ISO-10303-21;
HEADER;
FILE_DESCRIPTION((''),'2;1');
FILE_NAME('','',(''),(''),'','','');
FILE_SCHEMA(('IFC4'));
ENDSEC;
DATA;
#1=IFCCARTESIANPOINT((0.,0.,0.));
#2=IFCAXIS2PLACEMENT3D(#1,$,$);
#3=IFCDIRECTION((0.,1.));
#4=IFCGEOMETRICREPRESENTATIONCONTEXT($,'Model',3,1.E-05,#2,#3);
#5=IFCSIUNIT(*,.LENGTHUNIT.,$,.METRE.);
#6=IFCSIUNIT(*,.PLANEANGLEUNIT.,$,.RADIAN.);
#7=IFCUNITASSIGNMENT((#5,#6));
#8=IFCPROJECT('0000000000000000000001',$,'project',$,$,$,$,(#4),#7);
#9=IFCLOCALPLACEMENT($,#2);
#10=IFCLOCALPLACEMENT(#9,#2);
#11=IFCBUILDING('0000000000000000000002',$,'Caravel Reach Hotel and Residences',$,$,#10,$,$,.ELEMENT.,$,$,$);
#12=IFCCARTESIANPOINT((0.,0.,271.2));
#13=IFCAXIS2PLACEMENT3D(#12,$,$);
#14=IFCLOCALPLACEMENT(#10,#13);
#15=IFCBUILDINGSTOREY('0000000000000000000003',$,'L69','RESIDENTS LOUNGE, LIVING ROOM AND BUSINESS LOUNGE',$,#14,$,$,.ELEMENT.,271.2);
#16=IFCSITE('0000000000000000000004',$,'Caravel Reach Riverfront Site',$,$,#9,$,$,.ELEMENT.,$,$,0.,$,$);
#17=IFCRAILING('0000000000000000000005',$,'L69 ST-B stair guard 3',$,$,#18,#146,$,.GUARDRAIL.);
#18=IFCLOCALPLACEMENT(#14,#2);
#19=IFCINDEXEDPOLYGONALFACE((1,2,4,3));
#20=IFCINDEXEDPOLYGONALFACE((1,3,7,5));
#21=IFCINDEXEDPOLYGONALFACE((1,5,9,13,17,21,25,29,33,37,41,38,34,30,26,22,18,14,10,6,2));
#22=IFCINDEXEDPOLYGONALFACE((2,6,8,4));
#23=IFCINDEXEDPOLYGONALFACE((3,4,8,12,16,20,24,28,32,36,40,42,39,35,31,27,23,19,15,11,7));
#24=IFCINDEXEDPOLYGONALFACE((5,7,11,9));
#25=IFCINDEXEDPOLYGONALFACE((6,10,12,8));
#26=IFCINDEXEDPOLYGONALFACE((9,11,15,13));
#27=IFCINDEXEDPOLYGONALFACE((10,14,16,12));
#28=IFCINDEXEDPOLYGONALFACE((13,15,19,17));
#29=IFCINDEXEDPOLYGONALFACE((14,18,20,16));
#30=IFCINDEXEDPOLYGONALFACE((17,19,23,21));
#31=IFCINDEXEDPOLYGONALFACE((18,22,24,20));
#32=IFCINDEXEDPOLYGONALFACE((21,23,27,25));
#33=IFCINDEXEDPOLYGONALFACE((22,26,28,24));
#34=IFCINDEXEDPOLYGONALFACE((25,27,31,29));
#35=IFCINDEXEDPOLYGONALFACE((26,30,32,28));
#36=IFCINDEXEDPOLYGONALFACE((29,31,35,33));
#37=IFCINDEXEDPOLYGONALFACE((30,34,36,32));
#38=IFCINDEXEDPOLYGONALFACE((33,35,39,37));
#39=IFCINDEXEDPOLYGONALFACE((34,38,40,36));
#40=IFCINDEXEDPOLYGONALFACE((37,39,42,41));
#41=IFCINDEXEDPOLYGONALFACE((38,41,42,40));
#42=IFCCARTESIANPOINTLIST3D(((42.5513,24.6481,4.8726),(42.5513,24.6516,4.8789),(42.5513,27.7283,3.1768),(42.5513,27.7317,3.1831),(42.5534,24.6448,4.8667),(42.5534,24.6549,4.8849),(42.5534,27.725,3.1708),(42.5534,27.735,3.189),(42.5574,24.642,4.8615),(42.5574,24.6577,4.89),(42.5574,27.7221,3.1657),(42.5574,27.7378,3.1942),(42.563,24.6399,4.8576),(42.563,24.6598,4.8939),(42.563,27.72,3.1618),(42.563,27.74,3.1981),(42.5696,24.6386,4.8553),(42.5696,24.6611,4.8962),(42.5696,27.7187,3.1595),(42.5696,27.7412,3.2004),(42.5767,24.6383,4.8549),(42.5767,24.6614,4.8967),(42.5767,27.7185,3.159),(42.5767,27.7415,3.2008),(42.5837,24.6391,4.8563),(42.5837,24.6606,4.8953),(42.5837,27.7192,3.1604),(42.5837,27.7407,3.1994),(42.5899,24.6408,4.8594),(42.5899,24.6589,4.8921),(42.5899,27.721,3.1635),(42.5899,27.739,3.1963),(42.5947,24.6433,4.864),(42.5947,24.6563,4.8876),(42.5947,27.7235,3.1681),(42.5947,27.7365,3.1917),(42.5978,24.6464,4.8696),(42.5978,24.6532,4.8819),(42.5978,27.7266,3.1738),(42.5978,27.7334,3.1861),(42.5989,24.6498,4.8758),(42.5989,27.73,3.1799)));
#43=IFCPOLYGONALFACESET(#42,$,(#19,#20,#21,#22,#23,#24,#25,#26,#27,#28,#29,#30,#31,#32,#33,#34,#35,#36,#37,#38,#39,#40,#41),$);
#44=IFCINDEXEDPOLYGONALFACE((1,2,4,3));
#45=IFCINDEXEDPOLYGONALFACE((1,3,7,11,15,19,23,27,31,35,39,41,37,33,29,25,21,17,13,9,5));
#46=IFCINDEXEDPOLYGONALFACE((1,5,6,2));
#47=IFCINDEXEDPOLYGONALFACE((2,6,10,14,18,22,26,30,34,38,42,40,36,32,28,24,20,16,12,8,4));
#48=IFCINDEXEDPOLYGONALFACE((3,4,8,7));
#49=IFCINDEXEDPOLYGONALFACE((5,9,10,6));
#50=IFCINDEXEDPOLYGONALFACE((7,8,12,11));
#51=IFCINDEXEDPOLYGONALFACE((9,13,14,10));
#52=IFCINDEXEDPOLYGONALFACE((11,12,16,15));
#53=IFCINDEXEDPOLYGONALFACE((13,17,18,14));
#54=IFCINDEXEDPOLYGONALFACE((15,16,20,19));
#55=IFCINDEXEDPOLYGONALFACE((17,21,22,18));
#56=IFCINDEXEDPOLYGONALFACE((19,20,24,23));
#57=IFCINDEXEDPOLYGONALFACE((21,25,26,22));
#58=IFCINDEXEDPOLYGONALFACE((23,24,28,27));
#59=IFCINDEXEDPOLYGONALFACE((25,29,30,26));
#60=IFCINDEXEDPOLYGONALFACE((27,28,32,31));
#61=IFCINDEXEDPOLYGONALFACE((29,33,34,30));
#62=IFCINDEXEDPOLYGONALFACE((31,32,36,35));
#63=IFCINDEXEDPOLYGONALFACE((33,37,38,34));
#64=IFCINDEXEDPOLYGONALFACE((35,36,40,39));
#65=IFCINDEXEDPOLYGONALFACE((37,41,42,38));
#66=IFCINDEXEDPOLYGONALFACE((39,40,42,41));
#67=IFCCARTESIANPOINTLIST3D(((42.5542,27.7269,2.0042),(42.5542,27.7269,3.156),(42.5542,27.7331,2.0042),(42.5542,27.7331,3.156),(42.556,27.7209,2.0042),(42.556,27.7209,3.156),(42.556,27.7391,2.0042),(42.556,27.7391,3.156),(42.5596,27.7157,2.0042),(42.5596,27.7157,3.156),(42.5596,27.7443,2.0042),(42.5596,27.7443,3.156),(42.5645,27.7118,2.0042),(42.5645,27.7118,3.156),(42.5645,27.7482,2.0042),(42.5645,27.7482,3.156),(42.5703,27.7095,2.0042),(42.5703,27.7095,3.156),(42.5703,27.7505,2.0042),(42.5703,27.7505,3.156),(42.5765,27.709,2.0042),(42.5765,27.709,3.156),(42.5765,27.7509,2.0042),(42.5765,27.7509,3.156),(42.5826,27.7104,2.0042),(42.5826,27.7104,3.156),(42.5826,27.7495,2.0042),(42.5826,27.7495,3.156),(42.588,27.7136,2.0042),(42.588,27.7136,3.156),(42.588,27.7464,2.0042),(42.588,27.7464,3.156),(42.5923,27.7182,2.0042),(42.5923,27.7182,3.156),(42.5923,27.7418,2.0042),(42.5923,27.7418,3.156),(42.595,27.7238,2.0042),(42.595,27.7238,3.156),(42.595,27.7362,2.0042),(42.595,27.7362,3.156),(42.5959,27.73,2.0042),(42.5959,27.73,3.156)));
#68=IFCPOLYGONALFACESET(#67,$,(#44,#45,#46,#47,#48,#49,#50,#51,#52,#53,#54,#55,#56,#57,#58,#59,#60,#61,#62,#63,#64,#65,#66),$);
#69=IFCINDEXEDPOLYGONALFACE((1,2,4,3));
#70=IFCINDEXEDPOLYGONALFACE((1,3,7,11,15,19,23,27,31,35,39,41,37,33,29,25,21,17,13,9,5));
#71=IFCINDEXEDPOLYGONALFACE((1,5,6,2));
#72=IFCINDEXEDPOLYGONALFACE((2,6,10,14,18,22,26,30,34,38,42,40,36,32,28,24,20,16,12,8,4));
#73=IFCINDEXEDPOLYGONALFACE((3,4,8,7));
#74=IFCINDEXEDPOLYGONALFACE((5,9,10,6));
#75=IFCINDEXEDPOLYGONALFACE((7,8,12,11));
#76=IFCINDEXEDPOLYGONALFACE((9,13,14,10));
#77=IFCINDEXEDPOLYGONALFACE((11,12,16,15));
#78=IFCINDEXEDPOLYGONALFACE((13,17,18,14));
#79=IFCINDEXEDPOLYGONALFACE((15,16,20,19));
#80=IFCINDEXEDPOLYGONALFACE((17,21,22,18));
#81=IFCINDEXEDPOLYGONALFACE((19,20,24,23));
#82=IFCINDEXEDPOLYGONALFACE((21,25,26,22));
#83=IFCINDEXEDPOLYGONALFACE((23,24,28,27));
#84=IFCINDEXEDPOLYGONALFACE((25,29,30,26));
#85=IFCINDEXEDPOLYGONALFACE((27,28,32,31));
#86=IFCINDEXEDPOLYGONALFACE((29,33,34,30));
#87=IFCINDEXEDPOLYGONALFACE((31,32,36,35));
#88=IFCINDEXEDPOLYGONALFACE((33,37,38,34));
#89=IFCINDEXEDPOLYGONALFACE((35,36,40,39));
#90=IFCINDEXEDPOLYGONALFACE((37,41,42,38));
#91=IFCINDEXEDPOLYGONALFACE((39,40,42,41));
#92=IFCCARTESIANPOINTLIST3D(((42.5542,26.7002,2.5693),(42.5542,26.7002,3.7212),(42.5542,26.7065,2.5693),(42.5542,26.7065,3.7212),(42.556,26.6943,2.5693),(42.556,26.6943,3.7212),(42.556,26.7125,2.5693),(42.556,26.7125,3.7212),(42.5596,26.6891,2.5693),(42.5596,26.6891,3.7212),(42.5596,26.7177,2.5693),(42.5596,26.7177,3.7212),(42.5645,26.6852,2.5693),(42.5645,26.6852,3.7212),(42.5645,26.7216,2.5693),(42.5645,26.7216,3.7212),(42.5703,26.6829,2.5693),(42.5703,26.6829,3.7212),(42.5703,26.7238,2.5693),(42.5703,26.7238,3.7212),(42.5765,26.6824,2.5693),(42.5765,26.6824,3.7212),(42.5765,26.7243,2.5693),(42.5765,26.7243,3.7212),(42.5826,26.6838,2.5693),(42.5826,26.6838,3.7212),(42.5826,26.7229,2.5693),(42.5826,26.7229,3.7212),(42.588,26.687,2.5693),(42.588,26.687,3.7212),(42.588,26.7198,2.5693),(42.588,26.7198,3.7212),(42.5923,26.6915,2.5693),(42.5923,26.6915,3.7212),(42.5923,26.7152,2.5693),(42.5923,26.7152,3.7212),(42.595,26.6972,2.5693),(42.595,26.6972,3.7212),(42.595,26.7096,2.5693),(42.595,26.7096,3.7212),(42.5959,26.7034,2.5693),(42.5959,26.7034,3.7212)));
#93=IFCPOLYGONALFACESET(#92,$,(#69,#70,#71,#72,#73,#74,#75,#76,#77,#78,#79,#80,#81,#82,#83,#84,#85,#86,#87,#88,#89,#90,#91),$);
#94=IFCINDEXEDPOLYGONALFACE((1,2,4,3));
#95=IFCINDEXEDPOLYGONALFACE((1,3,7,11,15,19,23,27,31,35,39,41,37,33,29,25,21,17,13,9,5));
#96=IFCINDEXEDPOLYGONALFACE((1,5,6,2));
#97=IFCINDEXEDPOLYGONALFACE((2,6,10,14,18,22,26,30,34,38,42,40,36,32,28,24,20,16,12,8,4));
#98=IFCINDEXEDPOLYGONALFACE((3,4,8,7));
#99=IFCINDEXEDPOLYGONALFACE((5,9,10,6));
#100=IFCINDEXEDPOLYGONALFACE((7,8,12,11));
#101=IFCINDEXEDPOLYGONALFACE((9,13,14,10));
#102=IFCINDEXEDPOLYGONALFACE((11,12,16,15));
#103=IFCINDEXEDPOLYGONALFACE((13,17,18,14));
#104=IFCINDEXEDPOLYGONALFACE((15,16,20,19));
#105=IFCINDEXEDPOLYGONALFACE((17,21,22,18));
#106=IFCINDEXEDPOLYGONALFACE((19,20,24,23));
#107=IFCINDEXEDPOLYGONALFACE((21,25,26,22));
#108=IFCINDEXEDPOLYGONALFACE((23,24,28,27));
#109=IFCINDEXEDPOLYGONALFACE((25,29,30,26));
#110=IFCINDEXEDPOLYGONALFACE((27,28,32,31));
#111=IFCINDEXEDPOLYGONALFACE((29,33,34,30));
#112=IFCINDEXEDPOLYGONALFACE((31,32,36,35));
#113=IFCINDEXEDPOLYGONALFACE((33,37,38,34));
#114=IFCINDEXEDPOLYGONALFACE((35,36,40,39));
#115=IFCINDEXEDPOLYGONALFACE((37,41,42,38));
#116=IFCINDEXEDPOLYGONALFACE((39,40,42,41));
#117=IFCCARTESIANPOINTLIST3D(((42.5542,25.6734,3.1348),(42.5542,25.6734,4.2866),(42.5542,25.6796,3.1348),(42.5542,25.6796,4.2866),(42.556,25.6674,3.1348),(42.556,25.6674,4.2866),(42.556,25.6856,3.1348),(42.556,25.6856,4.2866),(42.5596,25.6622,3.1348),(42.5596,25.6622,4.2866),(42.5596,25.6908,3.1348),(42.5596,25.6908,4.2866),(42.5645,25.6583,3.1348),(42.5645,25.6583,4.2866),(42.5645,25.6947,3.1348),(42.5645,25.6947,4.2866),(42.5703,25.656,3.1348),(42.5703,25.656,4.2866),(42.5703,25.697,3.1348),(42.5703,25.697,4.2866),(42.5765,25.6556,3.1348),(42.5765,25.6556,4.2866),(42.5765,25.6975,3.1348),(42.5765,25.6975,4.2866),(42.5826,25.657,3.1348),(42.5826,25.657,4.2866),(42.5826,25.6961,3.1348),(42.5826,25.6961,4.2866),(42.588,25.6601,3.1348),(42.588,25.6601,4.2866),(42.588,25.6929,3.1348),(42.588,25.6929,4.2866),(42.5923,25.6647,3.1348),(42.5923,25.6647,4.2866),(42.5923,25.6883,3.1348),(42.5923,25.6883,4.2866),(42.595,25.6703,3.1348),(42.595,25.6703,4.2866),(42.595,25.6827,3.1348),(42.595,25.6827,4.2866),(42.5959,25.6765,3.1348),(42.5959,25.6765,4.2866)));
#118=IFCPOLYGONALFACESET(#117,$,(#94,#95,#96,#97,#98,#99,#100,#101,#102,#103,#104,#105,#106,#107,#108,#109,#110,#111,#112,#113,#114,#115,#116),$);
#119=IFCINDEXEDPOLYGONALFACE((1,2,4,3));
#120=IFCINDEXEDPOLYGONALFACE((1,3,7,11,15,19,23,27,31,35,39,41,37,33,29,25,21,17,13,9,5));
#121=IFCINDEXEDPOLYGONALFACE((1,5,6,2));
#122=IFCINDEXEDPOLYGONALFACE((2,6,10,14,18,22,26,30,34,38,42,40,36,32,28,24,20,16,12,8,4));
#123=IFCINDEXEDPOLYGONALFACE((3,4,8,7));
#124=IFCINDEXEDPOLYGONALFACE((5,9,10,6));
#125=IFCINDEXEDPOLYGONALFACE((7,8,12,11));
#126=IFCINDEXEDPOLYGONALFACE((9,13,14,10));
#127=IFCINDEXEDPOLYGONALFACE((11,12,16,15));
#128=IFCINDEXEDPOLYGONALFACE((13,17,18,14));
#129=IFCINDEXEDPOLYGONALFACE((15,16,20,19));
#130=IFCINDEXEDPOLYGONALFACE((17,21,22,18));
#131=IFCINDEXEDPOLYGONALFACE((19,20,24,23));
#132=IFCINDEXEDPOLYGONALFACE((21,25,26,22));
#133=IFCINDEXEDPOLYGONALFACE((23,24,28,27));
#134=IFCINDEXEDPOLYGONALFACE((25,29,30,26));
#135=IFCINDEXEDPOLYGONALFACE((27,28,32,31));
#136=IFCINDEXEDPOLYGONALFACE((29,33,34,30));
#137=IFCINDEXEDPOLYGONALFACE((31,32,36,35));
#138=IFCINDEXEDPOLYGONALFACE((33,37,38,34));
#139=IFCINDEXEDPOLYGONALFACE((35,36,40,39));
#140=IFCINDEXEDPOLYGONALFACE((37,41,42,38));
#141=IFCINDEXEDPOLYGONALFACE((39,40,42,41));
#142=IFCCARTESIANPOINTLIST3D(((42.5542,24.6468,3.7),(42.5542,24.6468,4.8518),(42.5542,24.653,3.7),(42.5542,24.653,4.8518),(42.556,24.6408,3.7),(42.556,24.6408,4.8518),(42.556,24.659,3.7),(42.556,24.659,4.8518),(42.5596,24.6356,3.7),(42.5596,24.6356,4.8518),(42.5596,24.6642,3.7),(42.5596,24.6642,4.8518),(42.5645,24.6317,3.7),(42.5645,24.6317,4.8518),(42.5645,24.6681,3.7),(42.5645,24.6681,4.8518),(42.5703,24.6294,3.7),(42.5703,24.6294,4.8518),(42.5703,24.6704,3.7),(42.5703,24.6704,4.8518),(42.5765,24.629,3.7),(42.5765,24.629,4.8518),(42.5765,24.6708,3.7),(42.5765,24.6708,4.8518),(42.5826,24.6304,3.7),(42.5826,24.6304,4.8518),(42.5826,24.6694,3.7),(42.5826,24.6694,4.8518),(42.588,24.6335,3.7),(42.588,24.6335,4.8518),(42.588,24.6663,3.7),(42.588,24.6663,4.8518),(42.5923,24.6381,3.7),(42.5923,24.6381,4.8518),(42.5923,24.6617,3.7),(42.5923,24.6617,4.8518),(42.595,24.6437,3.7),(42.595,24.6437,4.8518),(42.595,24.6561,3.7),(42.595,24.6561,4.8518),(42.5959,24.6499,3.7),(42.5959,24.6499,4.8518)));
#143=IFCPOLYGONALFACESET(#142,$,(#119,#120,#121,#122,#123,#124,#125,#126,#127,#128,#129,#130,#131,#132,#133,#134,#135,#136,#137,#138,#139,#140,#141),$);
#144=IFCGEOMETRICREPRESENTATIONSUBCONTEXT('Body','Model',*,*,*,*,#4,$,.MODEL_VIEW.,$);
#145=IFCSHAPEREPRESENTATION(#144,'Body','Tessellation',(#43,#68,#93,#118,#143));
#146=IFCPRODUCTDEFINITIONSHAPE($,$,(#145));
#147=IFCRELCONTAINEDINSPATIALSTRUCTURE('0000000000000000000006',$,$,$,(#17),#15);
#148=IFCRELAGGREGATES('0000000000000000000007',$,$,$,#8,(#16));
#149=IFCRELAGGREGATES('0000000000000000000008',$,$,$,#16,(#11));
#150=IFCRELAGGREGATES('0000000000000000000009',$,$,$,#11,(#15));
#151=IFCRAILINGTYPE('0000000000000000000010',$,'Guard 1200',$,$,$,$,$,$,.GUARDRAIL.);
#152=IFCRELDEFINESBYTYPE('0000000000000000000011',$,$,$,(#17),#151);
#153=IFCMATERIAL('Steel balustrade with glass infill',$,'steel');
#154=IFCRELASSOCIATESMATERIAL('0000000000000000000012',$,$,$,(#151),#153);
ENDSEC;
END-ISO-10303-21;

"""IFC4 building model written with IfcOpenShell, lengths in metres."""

from ifc_helpers import new_model, si_unit, direction, frame, origin, origin_2d, place, context, subcontext, project, spatial, circle, extrude, material, type_object, element, save


model = new_model("IFC4")

# Units and contexts
model_context = context("Model", 3, precision=1e-05, world=origin(), true_north=direction((0.0, 1.0)))
body_context = subcontext(model_context, "Body", "Model", "MODEL_VIEW")
ifc_project = project(units=[si_unit("LENGTHUNIT", "METRE"), si_unit("PLANEANGLEUNIT", "RADIAN")], contexts=[model_context])

# Site, building, storey
site_placement = place(None, origin())
site = spatial("IfcSite", under=ifc_project, at=site_placement, Name="Caravel Reach Riverfront Site", CompositionType="ELEMENT", RefElevation=0.0)
building_placement = place(site_placement, origin())
building = spatial("IfcBuilding", under=site, at=building_placement, Name="Caravel Reach Hotel and Residences", CompositionType="ELEMENT")
storey_placement = place(building_placement, frame((0.0, 0.0, 271.2)))
storey = spatial("IfcBuildingStorey", under=building, at=storey_placement, Name="L69", Description="RESIDENTS LOUNGE, LIVING ROOM AND BUSINESS LOUNGE", CompositionType="ELEMENT", Elevation=271.2)

# Railing
ifc_material_1 = material(Name="Steel balustrade with glass infill", Category="steel")
railing_type = type_object("IfcRailingType", Name="Guard 1200", PredefinedType="GUARDRAIL", material=ifc_material_1)
railing_1_placement = place(storey_placement, frame((42.575, 27.73, 2.0042)))
element("IfcRailing", 1, at=railing_1_placement, inside=storey, type_object=railing_type, Name="L69 ST-B stair guard 3", PredefinedType="GUARDRAIL", context=body_context, shape_type="SweptSolid", body=[
    extrude(circle(Radius=0.0239, at=origin_2d()), frame((0.0, 0.0, 1.1758), z_axis=(0.0, -0.876005, 0.482303), x_axis=(1.0, 0.0, 0.0)), (0.0, 0.0, 1.0), 3.5161),
    extrude(circle(Radius=0.021, at=origin_2d()), origin(), (0.0, 0.0, 1.0), 1.1519),
    extrude(circle(Radius=0.021, at=origin_2d()), frame((0.0, -1.0266, 0.5652)), (0.0, 0.0, 1.0), 1.1519),
    extrude(circle(Radius=0.021, at=origin_2d()), frame((0.0, -2.0535, 1.1306)), (0.0, 0.0, 1.0), 1.1519),
    extrude(circle(Radius=0.021, at=origin_2d()), frame((0.0, -3.0801, 1.6958)), (0.0, 0.0, 1.0), 1.1519),
])

save(model, "model.ifc")
